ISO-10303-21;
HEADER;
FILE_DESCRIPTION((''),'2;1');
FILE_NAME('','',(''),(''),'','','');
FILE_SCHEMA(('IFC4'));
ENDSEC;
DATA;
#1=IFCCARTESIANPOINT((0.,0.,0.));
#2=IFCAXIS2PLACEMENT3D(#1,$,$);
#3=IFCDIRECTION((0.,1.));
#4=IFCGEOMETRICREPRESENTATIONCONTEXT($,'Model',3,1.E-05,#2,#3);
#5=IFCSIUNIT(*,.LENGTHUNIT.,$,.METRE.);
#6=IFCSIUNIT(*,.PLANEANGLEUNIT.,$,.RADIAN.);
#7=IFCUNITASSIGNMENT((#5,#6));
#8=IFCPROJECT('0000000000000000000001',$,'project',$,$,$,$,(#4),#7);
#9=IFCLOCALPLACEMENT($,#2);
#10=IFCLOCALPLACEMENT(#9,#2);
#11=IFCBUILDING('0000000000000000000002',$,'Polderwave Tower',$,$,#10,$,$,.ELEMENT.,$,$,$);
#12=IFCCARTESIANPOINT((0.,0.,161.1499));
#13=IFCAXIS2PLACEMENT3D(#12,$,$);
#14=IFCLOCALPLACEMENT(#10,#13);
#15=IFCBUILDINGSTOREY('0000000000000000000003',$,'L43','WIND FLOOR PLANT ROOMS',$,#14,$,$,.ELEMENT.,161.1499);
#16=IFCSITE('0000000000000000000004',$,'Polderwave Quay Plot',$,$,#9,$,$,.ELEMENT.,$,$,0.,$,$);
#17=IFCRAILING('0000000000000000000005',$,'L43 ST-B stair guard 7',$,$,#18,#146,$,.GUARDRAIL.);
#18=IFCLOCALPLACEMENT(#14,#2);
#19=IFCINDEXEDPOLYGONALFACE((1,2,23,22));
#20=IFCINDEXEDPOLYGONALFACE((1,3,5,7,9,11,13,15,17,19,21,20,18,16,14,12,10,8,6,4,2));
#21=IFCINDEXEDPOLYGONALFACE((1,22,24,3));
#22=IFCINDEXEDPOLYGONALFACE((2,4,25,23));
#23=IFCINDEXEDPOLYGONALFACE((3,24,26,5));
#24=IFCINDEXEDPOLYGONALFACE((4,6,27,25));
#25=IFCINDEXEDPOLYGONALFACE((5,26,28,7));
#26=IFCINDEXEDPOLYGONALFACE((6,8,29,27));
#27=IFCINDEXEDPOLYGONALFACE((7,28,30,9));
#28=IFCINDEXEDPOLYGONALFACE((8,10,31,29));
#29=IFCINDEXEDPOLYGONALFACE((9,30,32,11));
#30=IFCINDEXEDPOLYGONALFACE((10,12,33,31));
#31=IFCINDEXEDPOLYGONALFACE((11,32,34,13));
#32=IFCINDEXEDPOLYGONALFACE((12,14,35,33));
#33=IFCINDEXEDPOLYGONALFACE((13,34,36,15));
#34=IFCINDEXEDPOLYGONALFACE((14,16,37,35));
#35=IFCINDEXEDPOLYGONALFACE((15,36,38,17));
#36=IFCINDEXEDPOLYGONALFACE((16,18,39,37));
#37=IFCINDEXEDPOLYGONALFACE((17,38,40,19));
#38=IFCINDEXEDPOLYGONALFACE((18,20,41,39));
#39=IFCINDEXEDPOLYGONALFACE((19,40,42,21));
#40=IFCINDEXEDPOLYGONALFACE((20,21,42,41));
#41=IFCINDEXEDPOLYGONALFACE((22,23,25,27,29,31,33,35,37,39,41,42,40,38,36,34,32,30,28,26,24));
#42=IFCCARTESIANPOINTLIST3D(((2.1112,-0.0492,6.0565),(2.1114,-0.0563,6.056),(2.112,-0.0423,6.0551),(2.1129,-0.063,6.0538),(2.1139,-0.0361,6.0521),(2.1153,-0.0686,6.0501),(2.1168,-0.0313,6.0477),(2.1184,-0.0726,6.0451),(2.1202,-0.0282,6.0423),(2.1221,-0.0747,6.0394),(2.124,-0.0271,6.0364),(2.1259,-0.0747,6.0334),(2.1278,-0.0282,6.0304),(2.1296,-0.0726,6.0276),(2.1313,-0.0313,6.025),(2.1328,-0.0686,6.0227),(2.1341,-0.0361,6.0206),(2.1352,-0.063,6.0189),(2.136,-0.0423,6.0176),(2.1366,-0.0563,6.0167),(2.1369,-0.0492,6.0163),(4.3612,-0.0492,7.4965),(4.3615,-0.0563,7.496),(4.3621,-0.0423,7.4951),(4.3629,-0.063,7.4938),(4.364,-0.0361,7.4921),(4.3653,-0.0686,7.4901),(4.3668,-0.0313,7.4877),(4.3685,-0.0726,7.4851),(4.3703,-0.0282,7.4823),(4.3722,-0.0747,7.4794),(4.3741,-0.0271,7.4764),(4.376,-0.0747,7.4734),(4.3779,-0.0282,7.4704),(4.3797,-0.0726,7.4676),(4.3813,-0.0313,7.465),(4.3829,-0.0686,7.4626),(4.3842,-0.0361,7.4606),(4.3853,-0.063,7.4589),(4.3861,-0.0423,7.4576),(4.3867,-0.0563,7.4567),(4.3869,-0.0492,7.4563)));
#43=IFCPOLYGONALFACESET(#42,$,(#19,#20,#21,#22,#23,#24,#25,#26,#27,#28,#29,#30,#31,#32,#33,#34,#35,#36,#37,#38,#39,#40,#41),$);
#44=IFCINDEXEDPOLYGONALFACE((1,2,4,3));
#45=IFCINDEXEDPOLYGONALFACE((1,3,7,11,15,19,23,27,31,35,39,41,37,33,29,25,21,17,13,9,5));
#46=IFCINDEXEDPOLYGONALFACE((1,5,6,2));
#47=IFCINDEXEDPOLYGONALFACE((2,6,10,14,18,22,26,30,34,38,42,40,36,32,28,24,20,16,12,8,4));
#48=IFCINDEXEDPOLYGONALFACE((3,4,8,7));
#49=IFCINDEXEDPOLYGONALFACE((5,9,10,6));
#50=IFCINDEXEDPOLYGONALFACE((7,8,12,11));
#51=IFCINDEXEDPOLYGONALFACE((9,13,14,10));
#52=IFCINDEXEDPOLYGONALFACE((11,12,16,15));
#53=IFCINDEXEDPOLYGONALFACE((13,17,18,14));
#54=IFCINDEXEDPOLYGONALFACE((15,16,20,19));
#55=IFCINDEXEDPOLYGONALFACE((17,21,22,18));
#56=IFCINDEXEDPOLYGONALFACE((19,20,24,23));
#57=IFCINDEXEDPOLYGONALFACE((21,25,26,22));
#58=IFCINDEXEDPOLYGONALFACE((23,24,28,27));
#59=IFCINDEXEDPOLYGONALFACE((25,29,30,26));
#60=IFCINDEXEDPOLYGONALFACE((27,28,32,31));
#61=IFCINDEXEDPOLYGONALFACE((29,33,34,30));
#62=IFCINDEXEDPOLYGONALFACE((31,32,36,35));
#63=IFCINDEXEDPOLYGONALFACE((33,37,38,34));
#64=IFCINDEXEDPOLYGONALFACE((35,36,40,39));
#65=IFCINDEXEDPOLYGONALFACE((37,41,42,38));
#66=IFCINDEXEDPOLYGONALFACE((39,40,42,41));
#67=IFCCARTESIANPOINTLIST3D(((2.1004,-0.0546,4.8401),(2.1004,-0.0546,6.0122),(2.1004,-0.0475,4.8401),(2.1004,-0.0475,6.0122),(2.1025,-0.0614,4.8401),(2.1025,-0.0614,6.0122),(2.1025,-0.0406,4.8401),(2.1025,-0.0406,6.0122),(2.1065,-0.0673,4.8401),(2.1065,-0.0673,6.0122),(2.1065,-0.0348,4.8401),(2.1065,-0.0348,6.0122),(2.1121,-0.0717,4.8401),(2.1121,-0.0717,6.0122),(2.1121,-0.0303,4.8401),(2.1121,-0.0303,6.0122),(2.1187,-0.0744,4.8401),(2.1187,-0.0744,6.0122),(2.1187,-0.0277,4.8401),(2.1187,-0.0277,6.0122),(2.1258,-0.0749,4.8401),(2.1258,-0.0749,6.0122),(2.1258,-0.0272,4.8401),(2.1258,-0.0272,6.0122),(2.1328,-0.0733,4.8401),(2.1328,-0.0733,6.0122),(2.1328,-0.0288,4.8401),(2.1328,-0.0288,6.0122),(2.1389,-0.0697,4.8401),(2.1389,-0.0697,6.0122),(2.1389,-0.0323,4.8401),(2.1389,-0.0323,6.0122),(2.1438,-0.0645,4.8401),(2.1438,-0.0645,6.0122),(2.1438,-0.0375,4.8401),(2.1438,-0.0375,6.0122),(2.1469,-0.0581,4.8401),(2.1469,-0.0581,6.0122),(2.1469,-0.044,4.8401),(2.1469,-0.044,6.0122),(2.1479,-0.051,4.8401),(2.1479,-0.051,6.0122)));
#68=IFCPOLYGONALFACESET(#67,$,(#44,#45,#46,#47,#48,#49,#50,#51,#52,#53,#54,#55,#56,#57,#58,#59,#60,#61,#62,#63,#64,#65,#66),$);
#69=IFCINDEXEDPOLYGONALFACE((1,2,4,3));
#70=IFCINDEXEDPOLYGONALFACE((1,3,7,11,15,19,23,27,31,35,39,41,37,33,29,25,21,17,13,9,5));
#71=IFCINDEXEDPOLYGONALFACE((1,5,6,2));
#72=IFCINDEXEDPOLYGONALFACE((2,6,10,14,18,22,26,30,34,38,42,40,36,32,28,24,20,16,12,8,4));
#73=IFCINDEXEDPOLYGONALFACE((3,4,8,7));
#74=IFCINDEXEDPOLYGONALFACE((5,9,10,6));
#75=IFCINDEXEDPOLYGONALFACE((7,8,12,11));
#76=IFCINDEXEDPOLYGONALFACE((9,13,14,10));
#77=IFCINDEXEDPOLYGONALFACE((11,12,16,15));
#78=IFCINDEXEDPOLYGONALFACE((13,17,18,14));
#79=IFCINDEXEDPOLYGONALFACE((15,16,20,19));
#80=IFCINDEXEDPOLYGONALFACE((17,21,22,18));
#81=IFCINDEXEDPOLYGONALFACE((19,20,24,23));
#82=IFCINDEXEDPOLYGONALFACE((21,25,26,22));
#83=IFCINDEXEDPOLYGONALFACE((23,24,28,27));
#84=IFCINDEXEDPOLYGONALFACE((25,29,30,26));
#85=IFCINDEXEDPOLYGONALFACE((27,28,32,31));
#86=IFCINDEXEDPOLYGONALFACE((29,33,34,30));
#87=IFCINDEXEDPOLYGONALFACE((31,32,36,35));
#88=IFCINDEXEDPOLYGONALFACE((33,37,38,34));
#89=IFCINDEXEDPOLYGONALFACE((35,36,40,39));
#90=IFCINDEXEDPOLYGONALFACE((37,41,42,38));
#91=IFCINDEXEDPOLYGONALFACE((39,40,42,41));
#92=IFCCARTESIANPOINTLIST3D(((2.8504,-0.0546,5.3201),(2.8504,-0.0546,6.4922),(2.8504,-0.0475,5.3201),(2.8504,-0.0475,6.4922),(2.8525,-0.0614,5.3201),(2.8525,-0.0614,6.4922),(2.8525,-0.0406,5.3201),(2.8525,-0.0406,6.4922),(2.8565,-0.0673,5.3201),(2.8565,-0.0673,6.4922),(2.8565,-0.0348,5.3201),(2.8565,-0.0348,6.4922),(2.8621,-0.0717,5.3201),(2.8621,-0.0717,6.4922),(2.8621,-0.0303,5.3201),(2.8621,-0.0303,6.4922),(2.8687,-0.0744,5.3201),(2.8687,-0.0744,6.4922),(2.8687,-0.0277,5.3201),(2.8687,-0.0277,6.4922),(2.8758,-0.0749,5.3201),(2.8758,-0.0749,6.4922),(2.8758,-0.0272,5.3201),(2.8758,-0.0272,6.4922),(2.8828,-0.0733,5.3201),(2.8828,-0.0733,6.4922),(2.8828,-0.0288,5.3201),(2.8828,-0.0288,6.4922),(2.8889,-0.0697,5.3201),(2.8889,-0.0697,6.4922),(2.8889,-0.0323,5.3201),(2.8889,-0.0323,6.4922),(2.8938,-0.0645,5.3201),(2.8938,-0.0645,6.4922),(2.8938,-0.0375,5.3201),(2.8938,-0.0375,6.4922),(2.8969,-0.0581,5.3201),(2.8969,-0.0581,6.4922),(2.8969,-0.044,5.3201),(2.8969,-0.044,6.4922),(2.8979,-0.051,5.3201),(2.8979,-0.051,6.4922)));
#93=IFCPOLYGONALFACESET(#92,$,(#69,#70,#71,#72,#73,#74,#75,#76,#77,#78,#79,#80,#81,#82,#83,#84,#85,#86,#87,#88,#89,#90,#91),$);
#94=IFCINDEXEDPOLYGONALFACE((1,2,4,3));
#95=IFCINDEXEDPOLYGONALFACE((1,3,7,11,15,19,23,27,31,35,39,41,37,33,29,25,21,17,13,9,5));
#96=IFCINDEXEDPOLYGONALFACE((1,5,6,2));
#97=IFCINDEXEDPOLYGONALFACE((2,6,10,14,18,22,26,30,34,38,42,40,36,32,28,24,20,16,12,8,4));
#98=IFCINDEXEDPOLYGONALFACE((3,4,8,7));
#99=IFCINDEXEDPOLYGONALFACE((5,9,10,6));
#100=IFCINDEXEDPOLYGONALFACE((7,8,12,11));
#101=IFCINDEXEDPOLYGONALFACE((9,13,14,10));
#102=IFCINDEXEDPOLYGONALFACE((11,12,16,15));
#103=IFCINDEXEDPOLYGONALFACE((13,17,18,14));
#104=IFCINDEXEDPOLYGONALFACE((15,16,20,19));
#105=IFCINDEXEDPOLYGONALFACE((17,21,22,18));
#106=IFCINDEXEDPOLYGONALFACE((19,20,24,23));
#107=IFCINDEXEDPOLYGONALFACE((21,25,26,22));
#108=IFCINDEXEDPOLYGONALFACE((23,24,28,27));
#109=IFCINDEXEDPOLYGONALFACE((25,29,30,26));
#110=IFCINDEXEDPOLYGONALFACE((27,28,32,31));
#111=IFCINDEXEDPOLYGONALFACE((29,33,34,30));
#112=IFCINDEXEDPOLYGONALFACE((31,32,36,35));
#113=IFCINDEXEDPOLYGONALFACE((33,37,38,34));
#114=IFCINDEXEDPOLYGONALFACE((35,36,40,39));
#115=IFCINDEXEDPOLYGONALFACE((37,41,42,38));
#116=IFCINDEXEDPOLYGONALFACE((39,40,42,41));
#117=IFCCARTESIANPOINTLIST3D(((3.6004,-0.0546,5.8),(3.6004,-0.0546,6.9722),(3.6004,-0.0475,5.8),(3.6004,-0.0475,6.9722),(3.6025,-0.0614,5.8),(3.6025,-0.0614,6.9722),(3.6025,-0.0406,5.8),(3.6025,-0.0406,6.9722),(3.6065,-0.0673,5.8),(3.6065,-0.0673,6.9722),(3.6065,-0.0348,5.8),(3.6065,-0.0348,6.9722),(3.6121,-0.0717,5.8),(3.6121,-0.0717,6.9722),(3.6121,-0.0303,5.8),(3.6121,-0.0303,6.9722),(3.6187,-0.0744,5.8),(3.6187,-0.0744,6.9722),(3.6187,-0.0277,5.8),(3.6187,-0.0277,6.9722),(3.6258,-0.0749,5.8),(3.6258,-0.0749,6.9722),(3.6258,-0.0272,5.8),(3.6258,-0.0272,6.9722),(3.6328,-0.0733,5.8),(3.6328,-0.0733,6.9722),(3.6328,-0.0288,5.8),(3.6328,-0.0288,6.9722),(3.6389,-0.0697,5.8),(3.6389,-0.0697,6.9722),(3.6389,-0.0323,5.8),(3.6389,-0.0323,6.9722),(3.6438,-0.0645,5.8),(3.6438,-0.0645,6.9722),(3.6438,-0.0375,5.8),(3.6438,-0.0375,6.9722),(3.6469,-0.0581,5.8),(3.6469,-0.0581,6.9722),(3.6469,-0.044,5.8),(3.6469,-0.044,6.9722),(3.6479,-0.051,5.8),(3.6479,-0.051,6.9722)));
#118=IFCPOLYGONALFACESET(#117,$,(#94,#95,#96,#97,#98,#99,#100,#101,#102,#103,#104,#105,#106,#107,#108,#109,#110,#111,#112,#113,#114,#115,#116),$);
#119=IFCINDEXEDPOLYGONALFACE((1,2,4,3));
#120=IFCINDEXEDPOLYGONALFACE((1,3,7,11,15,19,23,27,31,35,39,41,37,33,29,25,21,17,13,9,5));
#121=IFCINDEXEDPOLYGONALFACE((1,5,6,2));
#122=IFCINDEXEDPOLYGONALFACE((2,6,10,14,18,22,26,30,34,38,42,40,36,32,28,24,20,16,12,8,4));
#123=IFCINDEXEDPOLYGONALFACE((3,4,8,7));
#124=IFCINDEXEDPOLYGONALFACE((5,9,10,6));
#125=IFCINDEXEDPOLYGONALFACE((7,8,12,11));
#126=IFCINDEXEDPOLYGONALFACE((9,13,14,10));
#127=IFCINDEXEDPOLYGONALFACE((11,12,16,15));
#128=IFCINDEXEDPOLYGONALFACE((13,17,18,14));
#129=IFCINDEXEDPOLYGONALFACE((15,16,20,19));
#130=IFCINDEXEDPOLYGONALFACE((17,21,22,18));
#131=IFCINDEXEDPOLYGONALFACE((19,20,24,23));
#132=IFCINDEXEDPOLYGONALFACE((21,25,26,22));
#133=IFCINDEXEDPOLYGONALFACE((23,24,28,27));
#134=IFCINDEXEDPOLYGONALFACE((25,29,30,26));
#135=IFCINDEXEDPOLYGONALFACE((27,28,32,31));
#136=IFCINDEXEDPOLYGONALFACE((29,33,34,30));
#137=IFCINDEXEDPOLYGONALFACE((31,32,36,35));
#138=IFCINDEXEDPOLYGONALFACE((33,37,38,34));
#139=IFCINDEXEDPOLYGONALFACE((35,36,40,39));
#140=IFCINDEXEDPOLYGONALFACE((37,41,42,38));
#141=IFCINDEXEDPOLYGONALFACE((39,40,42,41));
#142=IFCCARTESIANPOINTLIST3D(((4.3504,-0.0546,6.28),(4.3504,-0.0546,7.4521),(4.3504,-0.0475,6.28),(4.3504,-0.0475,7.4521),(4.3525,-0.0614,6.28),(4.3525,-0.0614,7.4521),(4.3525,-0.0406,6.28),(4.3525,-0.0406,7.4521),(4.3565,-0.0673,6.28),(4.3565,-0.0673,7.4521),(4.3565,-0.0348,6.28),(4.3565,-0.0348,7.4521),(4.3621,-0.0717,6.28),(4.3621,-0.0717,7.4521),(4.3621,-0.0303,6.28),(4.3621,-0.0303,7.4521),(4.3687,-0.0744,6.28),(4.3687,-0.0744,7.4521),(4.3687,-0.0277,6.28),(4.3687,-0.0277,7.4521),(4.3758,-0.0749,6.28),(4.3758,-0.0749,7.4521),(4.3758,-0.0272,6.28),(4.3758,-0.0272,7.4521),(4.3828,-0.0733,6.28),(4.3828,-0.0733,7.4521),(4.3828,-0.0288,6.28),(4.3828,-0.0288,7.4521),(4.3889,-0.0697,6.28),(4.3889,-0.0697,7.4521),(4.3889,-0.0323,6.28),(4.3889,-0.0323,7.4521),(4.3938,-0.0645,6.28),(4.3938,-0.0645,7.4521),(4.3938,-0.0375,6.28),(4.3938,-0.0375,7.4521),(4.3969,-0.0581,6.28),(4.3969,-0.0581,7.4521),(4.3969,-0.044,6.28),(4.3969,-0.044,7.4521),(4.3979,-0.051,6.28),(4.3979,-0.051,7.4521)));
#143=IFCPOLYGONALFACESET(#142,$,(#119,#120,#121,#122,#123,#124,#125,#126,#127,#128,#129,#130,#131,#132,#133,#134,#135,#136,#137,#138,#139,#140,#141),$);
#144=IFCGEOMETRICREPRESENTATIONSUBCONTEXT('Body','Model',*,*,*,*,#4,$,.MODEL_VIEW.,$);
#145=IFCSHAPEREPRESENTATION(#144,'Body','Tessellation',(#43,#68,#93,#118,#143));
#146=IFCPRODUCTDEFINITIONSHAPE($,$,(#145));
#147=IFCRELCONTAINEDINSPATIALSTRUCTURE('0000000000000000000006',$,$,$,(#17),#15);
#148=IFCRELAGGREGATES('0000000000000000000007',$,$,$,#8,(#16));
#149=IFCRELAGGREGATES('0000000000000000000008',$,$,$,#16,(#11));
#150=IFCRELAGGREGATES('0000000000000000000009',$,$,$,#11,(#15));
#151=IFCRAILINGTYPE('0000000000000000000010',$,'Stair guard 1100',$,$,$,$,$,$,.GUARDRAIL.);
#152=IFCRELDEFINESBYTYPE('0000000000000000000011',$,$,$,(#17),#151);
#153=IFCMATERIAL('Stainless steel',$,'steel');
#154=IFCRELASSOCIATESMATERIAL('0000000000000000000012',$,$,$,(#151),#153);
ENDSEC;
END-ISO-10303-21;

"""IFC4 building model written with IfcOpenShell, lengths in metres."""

from ifc_helpers import new_model, si_unit, direction, frame, origin, origin_2d, place, context, subcontext, project, spatial, circle, extrude, material, type_object, element, save


model = new_model("IFC4")

# Units and contexts
model_context = context("Model", 3, precision=1e-05, world=origin(), true_north=direction((0.0, 1.0)))
body_context = subcontext(model_context, "Body", "Model", "MODEL_VIEW")
ifc_project = project(units=[si_unit("LENGTHUNIT", "METRE"), si_unit("PLANEANGLEUNIT", "RADIAN")], contexts=[model_context])

# Site, building, storey
site_placement = place(None, origin())
site = spatial("IfcSite", under=ifc_project, at=site_placement, Name="Polderwave Quay Plot", CompositionType="ELEMENT", RefElevation=0.0)
building_placement = place(site_placement, origin())
building = spatial("IfcBuilding", under=site, at=building_placement, Name="Polderwave Tower", CompositionType="ELEMENT")
storey_placement = place(building_placement, frame((0.0, 0.0, 161.1499)))
storey = spatial("IfcBuildingStorey", under=building, at=storey_placement, Name="L43", Description="WIND FLOOR PLANT ROOMS", CompositionType="ELEMENT", Elevation=161.1499)

# Railing
ifc_material_1 = material(Name="Stainless steel", Category="steel")
railing_type_1 = type_object("IfcRailingType", Name="Stair guard 1100", PredefinedType="GUARDRAIL", material=ifc_material_1)
railing_1_placement = place(storey_placement, frame((2.124, -0.051, 4.8401)))
element("IfcRailing", 1, at=railing_1_placement, inside=storey, type_object=railing_type_1, Name="L43 ST-B stair guard 7", PredefinedType="GUARDRAIL", context=body_context, shape_type="SweptSolid", body=[
    extrude(circle(Radius=0.0239, at=origin_2d()), frame((0.0, 0.0, 1.1963), z_axis=(0.842281, 0.0, 0.539038), x_axis=(0.0, 1.0, 0.0)), (0.0, 0.0, 1.0), 2.6714),
    extrude(circle(Radius=0.0239, at=origin_2d()), origin(), (0.0, 0.0, 1.0), 1.1721),
    extrude(circle(Radius=0.0239, at=origin_2d()), frame((0.75, 0.0, 0.48)), (0.0, 0.0, 1.0), 1.1721),
    extrude(circle(Radius=0.0239, at=origin_2d()), frame((1.5, 0.0, 0.96)), (0.0, 0.0, 1.0), 1.1721),
    extrude(circle(Radius=0.0239, at=origin_2d()), frame((2.25, 0.0, 1.4399)), (0.0, 0.0, 1.0), 1.1721),
])

save(model, "model.ifc")
